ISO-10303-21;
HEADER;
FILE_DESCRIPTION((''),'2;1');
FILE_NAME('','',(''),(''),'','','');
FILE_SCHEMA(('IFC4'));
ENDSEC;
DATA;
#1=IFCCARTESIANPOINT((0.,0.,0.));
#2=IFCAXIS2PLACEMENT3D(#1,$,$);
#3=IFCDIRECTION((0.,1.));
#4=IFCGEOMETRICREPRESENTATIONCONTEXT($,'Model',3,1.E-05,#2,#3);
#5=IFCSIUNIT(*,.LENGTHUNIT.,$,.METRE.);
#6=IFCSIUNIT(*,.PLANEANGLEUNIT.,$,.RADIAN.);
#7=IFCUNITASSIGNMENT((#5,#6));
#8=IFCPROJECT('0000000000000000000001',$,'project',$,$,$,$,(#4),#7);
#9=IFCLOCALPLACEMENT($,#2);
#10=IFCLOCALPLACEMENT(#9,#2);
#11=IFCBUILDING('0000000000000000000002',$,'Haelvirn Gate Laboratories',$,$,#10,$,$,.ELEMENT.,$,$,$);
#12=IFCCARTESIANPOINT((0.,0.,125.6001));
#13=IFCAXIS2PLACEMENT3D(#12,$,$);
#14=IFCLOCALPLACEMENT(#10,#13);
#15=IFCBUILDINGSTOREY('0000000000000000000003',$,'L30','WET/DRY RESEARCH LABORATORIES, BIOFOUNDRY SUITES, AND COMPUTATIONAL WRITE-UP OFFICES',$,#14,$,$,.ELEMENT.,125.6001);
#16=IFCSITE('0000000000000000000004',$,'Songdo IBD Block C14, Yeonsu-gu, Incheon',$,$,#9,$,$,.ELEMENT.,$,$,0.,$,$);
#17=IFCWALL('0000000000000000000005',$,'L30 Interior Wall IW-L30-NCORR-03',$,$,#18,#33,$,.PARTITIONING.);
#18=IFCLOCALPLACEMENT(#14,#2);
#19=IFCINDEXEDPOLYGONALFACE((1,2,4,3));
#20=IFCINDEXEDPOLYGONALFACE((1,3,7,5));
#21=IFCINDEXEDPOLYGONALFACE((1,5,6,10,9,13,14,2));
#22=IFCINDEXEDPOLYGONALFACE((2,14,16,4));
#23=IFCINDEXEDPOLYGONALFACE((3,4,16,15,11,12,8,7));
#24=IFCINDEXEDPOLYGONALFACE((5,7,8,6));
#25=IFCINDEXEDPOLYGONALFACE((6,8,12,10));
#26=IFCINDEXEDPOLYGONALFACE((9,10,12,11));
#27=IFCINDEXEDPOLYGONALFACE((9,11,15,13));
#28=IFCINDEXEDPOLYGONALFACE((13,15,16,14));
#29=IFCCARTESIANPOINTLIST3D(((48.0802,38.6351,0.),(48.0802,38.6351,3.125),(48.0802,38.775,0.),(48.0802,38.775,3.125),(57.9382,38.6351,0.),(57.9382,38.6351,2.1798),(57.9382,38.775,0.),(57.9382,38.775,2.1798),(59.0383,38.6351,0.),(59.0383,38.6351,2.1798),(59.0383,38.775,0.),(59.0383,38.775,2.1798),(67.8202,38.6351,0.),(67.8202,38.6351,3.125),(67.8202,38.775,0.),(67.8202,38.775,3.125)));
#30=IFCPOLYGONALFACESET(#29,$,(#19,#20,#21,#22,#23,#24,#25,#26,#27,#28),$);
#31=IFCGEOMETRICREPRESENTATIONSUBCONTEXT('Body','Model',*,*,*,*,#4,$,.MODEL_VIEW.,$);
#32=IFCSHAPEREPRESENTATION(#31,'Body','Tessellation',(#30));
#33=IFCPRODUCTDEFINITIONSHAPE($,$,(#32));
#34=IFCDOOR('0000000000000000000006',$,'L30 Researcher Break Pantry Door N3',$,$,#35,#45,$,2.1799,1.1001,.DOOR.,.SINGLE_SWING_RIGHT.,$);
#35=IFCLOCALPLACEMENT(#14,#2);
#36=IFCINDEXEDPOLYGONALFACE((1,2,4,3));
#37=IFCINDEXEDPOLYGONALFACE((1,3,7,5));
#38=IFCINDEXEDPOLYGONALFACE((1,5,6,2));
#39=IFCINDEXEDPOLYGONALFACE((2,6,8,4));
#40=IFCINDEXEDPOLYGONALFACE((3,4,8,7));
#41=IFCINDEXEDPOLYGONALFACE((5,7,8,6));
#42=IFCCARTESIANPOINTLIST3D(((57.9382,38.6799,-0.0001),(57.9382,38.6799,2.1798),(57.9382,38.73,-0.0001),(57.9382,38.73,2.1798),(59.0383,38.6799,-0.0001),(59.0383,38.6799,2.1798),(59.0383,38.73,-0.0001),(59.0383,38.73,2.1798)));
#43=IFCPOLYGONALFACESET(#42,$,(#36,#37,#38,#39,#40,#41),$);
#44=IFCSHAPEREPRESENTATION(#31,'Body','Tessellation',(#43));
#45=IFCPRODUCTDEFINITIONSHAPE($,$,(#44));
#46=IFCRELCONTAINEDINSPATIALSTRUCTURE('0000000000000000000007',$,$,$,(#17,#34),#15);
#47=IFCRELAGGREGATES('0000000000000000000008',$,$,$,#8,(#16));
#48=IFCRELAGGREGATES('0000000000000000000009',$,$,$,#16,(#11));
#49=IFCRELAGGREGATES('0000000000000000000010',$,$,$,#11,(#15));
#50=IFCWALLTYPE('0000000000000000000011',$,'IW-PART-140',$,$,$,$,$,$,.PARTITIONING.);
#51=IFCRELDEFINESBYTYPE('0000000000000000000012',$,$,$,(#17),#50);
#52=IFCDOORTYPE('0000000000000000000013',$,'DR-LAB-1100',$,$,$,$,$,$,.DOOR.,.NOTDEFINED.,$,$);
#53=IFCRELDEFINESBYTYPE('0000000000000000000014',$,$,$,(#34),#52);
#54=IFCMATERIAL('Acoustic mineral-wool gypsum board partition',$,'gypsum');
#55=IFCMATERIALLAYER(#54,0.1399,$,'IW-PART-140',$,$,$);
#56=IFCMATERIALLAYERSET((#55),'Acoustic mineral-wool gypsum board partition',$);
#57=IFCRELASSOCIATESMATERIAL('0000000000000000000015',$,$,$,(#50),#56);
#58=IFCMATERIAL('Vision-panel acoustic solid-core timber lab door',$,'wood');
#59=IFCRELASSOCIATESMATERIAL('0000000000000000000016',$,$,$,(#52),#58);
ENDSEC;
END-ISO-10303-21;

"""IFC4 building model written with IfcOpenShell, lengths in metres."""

from ifc_helpers import new_model, si_unit, direction, frame, frame_2d, origin, place, context, subcontext, project, spatial, rectangle, extrude, source, transform, mapped, material, layer, layer_set, type_object, type_shapes, element, fill, save


model = new_model("IFC4")

# Units and contexts
model_context = context("Model", 3, precision=1e-05, world=origin(), true_north=direction((0.0, 1.0)))
body_context = subcontext(model_context, "Body", "Model", "MODEL_VIEW")
ifc_project = project(units=[si_unit("LENGTHUNIT", "METRE"), si_unit("PLANEANGLEUNIT", "RADIAN")], contexts=[model_context])

# Site, building, storey
site_placement = place(None, origin())
site = spatial("IfcSite", under=ifc_project, at=site_placement, Name="Songdo IBD Block C14, Yeonsu-gu, Incheon", CompositionType="ELEMENT", RefElevation=0.0)
building_placement = place(site_placement, origin())
building = spatial("IfcBuilding", under=site, at=building_placement, Name="Haelvirn Gate Laboratories", CompositionType="ELEMENT")
storey_placement = place(building_placement, frame((0.0, 0.0, 125.6001)))
storey = spatial("IfcBuildingStorey", under=building, at=storey_placement, Name="L30", Description="WET/DRY RESEARCH LABORATORIES, BIOFOUNDRY SUITES, AND COMPUTATIONAL WRITE-UP OFFICES", CompositionType="ELEMENT", Elevation=125.6001)

# Wall, opening, door
ifc_material_1 = material(Name="Acoustic mineral-wool gypsum board partition", Category="gypsum")
ifc_layer_1 = layer(ifc_material_1, 0.1399, Name="IW-PART-140")
ifc_layer_set_1 = layer_set([ifc_layer_1], Name="Acoustic mineral-wool gypsum board partition")
wall_type_1 = type_object("IfcWallType", Name="IW-PART-140", PredefinedType="PARTITIONING", material=ifc_layer_set_1)
wall_1_placement = place(storey_placement, frame((48.0801, 38.7051, 0.0), z_axis=(0.0, 0.0, 1.0), x_axis=(1.0, 0.0, 0.0)))
wall_1 = element("IfcWall", 1, at=wall_1_placement, inside=storey, type_object=wall_type_1, Name="L30 Interior Wall IW-L30-NCORR-03", PredefinedType="PARTITIONING", context=body_context, shape_type="SweptSolid", body=[
    extrude(rectangle(XDim=19.74, YDim=0.1399, at=frame_2d((9.8701, 0.0))), origin(), (0.0, 0.0, 1.0), 3.125),
])
opening_placement = place(wall_1_placement, frame((9.8582, 0.0, 0.0)))
opening = element("IfcOpeningElement", 2, at=opening_placement, cuts=wall_1, PredefinedType="OPENING", context=body_context, shape_type="SweptSolid", body=[
    extrude(rectangle(XDim=1.1001, YDim=2.1799, at=frame_2d((0.55, 1.0898))), frame((0.0, 0.0801, 0.0), z_axis=(0.0, -1.0, 0.0), x_axis=(1.0, 0.0, 0.0)), (0.0, 0.0, 1.0), 0.1599),
])
ifc_material_2 = material(Name="Vision-panel acoustic solid-core timber lab door", Category="wood")
door_type = type_object("IfcDoorType", Name="DR-LAB-1100", OperationType="NOTDEFINED", PredefinedType="DOOR", material=ifc_material_2)
shared_shape_1 = source(origin(), body_context, "Body", "SweptSolid", [
    extrude(rectangle(XDim=1.1001, YDim=2.1799, at=frame_2d((0.55, 1.0898))), frame((0.0, 0.0249, 0.0), z_axis=(0.0, -1.0, 0.0), x_axis=(1.0, 0.0, 0.0)), (0.0, 0.0, 1.0), 0.05),
])
type_shapes(door_type, [shared_shape_1])
door_placement = place(opening_placement, origin())
door = element("IfcDoor", 3, at=door_placement, inside=storey, type_object=door_type, Name="L30 Researcher Break Pantry Door N3", OperationType="SINGLE_SWING_RIGHT", OverallHeight=2.1799, OverallWidth=1.1001, PredefinedType="DOOR", context=body_context, shape_type="MappedRepresentation", body=[
    mapped(shared_shape_1, transform((0.0, 0.0, 0.0), scale=1.0)),
])
fill(opening, door)

save(model, "model.ifc")
